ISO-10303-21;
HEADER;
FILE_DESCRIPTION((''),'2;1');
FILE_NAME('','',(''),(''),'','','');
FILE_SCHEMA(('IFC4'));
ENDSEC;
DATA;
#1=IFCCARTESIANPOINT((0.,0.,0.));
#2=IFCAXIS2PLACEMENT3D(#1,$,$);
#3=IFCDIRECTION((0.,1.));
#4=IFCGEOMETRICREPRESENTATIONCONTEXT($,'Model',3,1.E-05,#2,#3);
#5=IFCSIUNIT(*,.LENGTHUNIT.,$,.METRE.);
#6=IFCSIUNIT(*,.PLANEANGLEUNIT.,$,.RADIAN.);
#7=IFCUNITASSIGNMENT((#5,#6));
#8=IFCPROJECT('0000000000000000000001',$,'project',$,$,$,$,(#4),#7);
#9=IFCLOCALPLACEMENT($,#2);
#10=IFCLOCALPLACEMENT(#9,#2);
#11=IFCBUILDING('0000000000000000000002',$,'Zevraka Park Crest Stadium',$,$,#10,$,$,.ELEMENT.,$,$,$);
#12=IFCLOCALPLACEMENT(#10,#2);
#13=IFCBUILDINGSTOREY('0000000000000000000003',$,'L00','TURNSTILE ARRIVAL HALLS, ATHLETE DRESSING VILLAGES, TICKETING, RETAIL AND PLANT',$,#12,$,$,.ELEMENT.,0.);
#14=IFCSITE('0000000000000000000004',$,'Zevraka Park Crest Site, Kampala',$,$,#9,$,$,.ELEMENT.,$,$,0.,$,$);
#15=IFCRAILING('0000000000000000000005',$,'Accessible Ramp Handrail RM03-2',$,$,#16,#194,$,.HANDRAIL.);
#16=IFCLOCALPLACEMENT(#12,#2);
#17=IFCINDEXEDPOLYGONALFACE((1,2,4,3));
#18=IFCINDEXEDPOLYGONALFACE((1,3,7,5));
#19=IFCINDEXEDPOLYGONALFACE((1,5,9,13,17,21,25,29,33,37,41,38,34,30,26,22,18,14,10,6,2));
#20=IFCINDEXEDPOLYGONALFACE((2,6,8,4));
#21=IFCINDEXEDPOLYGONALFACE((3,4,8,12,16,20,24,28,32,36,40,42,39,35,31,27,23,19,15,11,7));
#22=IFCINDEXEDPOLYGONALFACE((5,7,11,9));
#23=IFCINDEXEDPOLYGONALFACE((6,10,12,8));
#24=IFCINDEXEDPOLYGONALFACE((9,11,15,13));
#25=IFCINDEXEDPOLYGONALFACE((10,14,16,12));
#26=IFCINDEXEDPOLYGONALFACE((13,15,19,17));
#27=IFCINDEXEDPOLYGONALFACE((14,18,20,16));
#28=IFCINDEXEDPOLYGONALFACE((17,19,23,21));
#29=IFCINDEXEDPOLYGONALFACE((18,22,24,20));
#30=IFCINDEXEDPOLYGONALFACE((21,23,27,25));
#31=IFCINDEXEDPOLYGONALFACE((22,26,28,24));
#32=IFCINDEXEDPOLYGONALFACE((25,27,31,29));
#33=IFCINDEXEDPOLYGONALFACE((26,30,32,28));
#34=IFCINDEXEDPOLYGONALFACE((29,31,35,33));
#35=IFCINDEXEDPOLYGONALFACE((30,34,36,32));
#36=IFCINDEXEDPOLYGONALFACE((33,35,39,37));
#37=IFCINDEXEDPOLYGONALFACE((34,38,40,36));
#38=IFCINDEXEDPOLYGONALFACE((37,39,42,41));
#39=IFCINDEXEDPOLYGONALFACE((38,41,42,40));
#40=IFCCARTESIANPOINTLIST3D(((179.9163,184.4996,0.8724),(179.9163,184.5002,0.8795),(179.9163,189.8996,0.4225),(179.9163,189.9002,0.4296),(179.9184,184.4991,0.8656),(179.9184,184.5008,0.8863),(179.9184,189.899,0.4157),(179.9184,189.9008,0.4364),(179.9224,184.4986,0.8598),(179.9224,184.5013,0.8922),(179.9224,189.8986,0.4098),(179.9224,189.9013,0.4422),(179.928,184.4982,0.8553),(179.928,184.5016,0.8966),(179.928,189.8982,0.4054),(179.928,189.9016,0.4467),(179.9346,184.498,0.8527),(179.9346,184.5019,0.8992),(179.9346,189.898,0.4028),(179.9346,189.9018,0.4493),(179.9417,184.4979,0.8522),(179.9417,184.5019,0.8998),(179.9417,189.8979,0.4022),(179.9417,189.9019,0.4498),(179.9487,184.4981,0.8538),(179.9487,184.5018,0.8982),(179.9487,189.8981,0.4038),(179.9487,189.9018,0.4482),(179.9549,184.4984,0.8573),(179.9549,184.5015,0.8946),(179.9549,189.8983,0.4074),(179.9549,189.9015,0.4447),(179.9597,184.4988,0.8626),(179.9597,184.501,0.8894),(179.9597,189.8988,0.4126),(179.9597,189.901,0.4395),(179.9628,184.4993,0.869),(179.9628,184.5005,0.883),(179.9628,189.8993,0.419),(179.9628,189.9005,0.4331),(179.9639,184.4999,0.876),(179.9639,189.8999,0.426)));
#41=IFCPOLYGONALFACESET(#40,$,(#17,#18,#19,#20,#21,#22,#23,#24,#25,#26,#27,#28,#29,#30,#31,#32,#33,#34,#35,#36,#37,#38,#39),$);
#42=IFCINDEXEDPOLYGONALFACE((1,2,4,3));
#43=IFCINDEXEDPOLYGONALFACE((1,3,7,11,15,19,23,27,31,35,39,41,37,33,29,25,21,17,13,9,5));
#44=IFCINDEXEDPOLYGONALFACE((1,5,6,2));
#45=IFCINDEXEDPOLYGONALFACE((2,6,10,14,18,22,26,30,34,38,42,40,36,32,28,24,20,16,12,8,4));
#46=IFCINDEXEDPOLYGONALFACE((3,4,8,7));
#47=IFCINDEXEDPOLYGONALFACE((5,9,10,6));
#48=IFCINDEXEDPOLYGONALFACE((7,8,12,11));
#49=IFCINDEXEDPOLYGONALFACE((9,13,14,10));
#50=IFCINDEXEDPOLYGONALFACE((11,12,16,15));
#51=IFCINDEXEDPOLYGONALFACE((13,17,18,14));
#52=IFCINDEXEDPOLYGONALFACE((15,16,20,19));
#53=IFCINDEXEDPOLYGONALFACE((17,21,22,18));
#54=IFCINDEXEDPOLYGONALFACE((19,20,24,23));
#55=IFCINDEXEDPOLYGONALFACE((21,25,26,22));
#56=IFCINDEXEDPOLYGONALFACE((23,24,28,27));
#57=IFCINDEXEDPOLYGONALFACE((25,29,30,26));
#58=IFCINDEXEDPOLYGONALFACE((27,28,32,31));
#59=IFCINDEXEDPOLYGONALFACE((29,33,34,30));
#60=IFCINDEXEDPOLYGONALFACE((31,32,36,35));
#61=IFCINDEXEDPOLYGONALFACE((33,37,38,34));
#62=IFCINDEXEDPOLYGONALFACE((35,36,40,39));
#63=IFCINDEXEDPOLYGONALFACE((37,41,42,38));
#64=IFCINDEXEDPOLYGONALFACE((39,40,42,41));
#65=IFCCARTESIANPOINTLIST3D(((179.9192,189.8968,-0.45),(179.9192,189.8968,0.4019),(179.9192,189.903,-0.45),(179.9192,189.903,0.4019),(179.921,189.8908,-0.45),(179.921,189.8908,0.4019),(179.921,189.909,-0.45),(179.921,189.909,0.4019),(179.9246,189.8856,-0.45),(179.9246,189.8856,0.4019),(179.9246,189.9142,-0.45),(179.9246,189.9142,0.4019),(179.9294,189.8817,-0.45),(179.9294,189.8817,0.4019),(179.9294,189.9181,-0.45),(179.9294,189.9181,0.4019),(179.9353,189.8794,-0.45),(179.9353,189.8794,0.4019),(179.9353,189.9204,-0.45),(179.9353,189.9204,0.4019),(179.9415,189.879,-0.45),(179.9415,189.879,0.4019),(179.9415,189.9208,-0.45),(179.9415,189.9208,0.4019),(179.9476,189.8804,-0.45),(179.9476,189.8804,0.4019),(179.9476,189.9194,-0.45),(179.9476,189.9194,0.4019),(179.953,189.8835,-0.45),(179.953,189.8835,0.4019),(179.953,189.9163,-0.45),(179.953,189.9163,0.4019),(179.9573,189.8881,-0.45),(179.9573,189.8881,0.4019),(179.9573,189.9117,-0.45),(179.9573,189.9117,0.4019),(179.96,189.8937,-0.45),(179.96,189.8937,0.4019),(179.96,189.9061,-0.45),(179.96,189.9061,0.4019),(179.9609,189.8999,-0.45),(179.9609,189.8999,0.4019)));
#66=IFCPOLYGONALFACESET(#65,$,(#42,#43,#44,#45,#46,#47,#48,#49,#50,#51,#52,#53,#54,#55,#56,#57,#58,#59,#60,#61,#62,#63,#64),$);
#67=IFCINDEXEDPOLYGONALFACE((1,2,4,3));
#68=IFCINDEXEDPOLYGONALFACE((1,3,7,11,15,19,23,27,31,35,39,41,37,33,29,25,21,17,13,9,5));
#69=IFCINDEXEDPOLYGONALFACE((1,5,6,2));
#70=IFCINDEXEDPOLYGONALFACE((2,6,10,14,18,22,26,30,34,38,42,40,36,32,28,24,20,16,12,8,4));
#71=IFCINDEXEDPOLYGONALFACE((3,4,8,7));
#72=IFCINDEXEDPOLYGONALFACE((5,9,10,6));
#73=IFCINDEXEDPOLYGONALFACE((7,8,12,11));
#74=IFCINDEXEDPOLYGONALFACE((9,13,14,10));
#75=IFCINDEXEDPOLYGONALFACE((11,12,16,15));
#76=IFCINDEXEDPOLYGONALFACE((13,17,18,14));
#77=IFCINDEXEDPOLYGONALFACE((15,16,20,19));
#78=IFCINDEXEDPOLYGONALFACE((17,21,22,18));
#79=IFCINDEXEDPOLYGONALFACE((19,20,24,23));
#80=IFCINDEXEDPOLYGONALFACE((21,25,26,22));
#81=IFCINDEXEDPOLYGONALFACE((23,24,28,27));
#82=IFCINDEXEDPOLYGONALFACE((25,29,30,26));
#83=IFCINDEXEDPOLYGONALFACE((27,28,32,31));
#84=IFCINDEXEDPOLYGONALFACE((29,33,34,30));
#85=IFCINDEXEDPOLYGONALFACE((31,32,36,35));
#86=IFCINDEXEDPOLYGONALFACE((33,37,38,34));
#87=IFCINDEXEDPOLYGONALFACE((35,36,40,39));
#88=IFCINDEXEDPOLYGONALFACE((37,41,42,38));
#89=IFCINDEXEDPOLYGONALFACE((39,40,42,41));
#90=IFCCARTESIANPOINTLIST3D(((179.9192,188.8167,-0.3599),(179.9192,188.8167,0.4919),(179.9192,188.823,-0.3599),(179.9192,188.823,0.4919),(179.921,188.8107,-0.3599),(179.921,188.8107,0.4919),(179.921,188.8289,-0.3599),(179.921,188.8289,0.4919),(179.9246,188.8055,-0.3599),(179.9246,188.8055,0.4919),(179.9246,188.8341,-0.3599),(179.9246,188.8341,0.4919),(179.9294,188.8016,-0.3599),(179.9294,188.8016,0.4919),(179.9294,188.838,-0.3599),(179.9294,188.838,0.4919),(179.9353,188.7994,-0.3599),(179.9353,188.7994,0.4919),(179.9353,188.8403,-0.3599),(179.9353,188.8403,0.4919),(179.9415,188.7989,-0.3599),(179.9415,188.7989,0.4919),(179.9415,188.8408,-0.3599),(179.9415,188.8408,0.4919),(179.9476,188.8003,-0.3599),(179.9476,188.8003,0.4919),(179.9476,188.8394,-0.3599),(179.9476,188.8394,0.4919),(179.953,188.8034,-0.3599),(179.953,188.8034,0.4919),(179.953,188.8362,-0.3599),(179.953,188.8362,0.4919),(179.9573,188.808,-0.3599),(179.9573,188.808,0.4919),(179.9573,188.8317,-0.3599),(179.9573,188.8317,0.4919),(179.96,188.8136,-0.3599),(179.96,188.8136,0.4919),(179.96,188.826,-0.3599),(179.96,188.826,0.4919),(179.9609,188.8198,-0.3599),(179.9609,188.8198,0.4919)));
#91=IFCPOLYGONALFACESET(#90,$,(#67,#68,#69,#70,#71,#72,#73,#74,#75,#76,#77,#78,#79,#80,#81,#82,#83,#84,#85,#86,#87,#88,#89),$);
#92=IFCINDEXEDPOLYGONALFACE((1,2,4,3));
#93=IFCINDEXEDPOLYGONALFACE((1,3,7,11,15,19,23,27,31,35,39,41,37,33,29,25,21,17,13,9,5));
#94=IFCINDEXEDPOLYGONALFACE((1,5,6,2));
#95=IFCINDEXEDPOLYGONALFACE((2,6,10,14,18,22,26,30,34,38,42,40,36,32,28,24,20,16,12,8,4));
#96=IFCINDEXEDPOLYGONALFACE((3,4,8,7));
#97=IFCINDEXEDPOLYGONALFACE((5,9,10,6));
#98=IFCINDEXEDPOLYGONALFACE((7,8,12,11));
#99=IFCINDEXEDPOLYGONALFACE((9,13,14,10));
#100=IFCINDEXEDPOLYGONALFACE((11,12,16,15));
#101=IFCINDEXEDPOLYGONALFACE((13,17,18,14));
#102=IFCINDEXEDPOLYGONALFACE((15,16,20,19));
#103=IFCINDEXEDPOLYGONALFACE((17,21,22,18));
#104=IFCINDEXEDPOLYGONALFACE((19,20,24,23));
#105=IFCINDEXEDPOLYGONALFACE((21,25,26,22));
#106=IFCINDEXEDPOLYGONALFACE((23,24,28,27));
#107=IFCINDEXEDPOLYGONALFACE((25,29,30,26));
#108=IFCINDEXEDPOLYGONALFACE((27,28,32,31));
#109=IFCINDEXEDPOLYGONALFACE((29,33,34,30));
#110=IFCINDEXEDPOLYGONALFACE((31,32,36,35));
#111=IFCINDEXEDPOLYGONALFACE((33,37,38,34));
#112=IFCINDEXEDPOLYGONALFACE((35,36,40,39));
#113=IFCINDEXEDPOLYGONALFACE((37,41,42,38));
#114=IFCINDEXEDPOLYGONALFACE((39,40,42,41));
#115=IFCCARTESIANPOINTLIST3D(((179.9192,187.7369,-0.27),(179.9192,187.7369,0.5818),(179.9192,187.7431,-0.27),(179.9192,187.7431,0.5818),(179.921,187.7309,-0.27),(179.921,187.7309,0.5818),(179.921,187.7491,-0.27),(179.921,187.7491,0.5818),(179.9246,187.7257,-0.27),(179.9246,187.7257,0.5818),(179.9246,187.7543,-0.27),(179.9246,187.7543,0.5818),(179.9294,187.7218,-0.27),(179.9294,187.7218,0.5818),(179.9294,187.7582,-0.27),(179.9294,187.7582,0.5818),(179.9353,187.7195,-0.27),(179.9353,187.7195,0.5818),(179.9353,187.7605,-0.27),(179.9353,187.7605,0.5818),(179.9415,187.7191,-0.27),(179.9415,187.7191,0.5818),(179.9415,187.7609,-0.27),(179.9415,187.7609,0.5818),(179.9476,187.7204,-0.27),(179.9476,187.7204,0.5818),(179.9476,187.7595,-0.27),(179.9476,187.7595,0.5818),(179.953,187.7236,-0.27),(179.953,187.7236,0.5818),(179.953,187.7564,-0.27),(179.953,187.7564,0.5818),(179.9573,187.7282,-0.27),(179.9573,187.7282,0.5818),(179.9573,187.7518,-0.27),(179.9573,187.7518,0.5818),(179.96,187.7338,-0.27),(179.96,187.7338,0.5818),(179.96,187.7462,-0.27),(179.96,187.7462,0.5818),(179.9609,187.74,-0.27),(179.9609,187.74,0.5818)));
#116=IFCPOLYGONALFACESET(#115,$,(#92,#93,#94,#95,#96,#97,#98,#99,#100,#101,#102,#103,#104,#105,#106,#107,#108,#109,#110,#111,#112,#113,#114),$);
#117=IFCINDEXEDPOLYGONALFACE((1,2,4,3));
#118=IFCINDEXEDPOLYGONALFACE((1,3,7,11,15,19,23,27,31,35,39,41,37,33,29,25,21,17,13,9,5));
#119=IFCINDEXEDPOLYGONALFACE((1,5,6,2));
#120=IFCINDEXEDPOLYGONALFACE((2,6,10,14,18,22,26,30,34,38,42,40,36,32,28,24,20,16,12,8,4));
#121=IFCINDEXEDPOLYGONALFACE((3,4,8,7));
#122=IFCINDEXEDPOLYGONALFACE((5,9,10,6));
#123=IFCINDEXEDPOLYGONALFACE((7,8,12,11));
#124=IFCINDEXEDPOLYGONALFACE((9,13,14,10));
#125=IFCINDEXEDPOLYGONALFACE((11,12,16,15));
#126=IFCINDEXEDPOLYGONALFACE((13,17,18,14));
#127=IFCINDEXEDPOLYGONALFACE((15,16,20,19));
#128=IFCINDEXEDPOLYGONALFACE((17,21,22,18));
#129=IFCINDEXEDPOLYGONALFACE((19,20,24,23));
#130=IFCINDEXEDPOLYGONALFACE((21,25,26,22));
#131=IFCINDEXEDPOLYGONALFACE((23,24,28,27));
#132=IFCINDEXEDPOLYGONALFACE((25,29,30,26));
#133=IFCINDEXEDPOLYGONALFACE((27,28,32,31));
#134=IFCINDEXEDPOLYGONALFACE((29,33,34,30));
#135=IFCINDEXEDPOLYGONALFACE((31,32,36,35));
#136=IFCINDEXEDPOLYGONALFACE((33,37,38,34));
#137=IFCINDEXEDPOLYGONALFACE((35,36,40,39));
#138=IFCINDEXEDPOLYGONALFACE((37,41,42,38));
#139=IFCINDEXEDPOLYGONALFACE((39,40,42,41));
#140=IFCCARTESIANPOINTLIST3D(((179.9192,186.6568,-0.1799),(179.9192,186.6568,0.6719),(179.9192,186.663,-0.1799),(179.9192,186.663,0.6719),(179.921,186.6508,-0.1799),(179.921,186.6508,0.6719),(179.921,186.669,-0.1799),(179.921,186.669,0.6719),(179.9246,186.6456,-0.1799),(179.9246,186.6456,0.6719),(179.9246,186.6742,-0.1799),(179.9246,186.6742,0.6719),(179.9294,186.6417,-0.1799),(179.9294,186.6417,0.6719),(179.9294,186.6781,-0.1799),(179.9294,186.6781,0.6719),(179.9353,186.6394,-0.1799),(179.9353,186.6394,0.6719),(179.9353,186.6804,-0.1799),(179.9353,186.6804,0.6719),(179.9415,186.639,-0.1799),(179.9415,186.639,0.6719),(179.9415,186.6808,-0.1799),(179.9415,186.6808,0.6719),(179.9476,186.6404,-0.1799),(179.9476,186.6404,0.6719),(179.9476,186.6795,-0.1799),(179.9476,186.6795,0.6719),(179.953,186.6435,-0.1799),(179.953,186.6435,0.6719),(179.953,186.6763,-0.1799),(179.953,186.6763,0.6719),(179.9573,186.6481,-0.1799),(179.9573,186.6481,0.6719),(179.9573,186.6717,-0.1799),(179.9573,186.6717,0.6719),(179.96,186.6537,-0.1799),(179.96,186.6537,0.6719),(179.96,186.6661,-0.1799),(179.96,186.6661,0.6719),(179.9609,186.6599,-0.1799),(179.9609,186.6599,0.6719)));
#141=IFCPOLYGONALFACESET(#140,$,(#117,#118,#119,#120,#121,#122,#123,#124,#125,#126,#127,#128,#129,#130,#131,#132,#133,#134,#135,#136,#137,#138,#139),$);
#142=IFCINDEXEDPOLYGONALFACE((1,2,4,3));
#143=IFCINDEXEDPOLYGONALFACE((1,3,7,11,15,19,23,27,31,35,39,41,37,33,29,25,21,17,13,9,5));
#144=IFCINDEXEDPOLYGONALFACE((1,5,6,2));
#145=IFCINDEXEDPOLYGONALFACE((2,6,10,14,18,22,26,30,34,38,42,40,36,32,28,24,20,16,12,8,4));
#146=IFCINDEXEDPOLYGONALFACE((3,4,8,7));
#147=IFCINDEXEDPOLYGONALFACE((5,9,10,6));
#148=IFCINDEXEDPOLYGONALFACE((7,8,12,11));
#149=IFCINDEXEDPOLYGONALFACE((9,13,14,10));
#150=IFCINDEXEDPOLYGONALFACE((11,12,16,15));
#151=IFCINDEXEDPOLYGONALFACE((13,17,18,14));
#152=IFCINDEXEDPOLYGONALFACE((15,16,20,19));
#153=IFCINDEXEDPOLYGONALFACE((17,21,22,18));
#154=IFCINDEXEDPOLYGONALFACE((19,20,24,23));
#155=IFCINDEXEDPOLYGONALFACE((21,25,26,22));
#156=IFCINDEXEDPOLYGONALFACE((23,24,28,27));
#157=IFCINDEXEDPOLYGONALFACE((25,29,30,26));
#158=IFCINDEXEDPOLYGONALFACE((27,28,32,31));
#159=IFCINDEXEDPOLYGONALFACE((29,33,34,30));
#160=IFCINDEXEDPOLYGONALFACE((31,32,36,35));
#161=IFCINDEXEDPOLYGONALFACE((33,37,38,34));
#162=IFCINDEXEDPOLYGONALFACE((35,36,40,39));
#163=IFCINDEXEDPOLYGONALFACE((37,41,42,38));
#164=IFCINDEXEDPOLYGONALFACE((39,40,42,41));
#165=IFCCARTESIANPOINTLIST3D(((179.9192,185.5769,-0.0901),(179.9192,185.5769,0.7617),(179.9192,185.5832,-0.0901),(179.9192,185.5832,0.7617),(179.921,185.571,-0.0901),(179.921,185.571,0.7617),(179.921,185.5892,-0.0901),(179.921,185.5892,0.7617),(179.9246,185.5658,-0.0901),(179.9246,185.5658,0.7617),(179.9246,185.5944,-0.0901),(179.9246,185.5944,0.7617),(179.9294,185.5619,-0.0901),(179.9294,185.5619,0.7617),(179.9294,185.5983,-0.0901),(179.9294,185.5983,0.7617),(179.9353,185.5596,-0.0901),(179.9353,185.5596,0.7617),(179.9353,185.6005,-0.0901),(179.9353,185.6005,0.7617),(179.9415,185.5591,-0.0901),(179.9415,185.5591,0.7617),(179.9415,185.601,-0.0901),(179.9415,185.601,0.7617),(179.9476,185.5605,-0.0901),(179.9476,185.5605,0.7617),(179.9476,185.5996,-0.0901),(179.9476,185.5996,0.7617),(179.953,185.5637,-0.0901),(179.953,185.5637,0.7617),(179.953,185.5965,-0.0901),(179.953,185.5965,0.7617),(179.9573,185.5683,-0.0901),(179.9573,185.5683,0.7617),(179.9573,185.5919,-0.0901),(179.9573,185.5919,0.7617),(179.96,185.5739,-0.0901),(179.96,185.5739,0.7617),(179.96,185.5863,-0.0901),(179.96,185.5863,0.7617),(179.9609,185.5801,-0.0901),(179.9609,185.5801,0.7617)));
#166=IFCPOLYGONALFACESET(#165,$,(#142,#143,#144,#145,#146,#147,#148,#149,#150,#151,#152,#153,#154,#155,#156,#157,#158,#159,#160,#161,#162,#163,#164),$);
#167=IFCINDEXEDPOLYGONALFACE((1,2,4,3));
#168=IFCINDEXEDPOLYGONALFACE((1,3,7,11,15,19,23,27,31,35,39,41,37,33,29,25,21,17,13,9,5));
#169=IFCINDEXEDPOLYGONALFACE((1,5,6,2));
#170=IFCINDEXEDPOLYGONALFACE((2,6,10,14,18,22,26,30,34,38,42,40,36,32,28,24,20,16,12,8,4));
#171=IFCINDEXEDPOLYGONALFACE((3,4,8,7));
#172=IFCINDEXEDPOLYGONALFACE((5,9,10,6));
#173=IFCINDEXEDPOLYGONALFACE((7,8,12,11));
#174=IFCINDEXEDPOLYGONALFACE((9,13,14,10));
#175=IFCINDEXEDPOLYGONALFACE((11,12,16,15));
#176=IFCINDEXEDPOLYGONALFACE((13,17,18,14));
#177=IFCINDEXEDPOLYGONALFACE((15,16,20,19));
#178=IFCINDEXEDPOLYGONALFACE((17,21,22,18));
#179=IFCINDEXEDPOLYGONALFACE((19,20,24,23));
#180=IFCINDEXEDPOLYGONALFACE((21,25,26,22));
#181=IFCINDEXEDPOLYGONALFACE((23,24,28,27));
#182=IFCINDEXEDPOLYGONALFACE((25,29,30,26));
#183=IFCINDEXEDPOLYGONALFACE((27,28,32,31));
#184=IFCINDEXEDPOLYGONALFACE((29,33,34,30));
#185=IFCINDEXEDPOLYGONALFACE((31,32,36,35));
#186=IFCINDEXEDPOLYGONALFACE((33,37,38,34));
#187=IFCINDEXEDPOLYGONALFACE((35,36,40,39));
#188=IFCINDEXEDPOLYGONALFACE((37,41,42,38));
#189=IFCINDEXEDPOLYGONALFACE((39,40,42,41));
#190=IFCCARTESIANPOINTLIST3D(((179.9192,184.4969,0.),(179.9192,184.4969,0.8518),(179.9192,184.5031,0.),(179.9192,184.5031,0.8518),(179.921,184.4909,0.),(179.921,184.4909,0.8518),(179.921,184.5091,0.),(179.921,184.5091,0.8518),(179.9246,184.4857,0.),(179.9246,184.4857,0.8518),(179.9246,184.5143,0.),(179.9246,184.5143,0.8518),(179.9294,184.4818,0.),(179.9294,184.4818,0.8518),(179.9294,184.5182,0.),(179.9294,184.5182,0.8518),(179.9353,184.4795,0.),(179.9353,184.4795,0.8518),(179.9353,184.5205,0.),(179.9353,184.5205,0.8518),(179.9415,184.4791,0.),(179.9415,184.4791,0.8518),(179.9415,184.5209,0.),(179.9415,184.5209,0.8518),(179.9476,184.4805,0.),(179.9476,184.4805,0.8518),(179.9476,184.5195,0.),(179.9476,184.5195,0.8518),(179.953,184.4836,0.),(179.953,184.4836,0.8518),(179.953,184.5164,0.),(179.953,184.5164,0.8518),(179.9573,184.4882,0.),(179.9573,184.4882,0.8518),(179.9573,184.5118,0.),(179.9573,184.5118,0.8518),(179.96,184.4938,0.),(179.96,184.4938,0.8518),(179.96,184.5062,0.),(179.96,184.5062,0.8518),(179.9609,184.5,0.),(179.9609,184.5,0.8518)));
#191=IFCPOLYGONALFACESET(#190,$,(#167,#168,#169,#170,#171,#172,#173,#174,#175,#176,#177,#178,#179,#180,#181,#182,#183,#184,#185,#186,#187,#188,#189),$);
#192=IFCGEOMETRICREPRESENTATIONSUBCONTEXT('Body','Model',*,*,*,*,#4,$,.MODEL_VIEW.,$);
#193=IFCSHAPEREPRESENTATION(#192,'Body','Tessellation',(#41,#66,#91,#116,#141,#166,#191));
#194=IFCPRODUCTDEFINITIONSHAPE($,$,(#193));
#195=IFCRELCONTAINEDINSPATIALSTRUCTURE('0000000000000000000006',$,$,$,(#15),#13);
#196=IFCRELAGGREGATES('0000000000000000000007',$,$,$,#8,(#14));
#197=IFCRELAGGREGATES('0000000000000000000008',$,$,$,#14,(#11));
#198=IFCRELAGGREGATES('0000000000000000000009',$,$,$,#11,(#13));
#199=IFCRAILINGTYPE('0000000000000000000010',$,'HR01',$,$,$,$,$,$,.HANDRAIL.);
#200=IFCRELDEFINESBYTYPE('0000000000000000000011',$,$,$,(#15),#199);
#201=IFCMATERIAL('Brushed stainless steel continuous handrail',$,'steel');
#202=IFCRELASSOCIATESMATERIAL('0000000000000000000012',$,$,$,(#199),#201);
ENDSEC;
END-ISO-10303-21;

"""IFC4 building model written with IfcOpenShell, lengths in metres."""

from ifc_helpers import new_model, si_unit, direction, frame, origin, origin_2d, place, context, subcontext, project, spatial, circle, extrude, material, type_object, element, save


model = new_model("IFC4")

# Units and contexts
model_context = context("Model", 3, precision=1e-05, world=origin(), true_north=direction((0.0, 1.0)))
body_context = subcontext(model_context, "Body", "Model", "MODEL_VIEW")
ifc_project = project(units=[si_unit("LENGTHUNIT", "METRE"), si_unit("PLANEANGLEUNIT", "RADIAN")], contexts=[model_context])

# Site, building, storey
site_placement = place(None, origin())
site = spatial("IfcSite", under=ifc_project, at=site_placement, Name="Zevraka Park Crest Site, Kampala", CompositionType="ELEMENT", RefElevation=0.0)
building_placement = place(site_placement, origin())
building = spatial("IfcBuilding", under=site, at=building_placement, Name="Zevraka Park Crest Stadium", CompositionType="ELEMENT")
storey_placement = place(building_placement, origin())
storey = spatial("IfcBuildingStorey", under=building, at=storey_placement, Name="L00", Description="TURNSTILE ARRIVAL HALLS, ATHLETE DRESSING VILLAGES, TICKETING, RETAIL AND PLANT", CompositionType="ELEMENT", Elevation=0.0)

# Railing
ifc_material_1 = material(Name="Brushed stainless steel continuous handrail", Category="steel")
railing_type = type_object("IfcRailingType", Name="HR01", PredefinedType="HANDRAIL", material=ifc_material_1)
for number, where, name in (
    (1, (179.9399, 189.8999, -0.45), "Accessible Ramp Handrail RM03-2"),
):
    element("IfcRailing", number, at=place(storey_placement, frame(where)), inside=storey, type_object=railing_type, Name=name, PredefinedType="HANDRAIL", context=body_context, shape_type="SweptSolid", body=[
        extrude(circle(Radius=0.0239, at=origin_2d()), frame((0.0, 0.0, 0.876), z_axis=(0.0, -0.996546, 0.083038), x_axis=(1.0, 0.0, 0.0)), (0.0, 0.0, 1.0), 5.4187),
        extrude(circle(Radius=0.021, at=origin_2d()), origin(), (0.0, 0.0, 1.0), 0.8518),
        extrude(circle(Radius=0.021, at=origin_2d()), frame((0.0, -1.0801, 0.0901)), (0.0, 0.0, 1.0), 0.8518),
        extrude(circle(Radius=0.021, at=origin_2d()), frame((0.0, -2.1599, 0.1799)), (0.0, 0.0, 1.0), 0.8518),
        extrude(circle(Radius=0.021, at=origin_2d()), frame((0.0, -3.24, 0.27)), (0.0, 0.0, 1.0), 0.8518),
        extrude(circle(Radius=0.021, at=origin_2d()), frame((0.0, -4.3198, 0.3599)), (0.0, 0.0, 1.0), 0.8518),
        extrude(circle(Radius=0.021, at=origin_2d()), frame((0.0, -5.3999, 0.45)), (0.0, 0.0, 1.0), 0.8518),
    ])

save(model, "model.ifc")
